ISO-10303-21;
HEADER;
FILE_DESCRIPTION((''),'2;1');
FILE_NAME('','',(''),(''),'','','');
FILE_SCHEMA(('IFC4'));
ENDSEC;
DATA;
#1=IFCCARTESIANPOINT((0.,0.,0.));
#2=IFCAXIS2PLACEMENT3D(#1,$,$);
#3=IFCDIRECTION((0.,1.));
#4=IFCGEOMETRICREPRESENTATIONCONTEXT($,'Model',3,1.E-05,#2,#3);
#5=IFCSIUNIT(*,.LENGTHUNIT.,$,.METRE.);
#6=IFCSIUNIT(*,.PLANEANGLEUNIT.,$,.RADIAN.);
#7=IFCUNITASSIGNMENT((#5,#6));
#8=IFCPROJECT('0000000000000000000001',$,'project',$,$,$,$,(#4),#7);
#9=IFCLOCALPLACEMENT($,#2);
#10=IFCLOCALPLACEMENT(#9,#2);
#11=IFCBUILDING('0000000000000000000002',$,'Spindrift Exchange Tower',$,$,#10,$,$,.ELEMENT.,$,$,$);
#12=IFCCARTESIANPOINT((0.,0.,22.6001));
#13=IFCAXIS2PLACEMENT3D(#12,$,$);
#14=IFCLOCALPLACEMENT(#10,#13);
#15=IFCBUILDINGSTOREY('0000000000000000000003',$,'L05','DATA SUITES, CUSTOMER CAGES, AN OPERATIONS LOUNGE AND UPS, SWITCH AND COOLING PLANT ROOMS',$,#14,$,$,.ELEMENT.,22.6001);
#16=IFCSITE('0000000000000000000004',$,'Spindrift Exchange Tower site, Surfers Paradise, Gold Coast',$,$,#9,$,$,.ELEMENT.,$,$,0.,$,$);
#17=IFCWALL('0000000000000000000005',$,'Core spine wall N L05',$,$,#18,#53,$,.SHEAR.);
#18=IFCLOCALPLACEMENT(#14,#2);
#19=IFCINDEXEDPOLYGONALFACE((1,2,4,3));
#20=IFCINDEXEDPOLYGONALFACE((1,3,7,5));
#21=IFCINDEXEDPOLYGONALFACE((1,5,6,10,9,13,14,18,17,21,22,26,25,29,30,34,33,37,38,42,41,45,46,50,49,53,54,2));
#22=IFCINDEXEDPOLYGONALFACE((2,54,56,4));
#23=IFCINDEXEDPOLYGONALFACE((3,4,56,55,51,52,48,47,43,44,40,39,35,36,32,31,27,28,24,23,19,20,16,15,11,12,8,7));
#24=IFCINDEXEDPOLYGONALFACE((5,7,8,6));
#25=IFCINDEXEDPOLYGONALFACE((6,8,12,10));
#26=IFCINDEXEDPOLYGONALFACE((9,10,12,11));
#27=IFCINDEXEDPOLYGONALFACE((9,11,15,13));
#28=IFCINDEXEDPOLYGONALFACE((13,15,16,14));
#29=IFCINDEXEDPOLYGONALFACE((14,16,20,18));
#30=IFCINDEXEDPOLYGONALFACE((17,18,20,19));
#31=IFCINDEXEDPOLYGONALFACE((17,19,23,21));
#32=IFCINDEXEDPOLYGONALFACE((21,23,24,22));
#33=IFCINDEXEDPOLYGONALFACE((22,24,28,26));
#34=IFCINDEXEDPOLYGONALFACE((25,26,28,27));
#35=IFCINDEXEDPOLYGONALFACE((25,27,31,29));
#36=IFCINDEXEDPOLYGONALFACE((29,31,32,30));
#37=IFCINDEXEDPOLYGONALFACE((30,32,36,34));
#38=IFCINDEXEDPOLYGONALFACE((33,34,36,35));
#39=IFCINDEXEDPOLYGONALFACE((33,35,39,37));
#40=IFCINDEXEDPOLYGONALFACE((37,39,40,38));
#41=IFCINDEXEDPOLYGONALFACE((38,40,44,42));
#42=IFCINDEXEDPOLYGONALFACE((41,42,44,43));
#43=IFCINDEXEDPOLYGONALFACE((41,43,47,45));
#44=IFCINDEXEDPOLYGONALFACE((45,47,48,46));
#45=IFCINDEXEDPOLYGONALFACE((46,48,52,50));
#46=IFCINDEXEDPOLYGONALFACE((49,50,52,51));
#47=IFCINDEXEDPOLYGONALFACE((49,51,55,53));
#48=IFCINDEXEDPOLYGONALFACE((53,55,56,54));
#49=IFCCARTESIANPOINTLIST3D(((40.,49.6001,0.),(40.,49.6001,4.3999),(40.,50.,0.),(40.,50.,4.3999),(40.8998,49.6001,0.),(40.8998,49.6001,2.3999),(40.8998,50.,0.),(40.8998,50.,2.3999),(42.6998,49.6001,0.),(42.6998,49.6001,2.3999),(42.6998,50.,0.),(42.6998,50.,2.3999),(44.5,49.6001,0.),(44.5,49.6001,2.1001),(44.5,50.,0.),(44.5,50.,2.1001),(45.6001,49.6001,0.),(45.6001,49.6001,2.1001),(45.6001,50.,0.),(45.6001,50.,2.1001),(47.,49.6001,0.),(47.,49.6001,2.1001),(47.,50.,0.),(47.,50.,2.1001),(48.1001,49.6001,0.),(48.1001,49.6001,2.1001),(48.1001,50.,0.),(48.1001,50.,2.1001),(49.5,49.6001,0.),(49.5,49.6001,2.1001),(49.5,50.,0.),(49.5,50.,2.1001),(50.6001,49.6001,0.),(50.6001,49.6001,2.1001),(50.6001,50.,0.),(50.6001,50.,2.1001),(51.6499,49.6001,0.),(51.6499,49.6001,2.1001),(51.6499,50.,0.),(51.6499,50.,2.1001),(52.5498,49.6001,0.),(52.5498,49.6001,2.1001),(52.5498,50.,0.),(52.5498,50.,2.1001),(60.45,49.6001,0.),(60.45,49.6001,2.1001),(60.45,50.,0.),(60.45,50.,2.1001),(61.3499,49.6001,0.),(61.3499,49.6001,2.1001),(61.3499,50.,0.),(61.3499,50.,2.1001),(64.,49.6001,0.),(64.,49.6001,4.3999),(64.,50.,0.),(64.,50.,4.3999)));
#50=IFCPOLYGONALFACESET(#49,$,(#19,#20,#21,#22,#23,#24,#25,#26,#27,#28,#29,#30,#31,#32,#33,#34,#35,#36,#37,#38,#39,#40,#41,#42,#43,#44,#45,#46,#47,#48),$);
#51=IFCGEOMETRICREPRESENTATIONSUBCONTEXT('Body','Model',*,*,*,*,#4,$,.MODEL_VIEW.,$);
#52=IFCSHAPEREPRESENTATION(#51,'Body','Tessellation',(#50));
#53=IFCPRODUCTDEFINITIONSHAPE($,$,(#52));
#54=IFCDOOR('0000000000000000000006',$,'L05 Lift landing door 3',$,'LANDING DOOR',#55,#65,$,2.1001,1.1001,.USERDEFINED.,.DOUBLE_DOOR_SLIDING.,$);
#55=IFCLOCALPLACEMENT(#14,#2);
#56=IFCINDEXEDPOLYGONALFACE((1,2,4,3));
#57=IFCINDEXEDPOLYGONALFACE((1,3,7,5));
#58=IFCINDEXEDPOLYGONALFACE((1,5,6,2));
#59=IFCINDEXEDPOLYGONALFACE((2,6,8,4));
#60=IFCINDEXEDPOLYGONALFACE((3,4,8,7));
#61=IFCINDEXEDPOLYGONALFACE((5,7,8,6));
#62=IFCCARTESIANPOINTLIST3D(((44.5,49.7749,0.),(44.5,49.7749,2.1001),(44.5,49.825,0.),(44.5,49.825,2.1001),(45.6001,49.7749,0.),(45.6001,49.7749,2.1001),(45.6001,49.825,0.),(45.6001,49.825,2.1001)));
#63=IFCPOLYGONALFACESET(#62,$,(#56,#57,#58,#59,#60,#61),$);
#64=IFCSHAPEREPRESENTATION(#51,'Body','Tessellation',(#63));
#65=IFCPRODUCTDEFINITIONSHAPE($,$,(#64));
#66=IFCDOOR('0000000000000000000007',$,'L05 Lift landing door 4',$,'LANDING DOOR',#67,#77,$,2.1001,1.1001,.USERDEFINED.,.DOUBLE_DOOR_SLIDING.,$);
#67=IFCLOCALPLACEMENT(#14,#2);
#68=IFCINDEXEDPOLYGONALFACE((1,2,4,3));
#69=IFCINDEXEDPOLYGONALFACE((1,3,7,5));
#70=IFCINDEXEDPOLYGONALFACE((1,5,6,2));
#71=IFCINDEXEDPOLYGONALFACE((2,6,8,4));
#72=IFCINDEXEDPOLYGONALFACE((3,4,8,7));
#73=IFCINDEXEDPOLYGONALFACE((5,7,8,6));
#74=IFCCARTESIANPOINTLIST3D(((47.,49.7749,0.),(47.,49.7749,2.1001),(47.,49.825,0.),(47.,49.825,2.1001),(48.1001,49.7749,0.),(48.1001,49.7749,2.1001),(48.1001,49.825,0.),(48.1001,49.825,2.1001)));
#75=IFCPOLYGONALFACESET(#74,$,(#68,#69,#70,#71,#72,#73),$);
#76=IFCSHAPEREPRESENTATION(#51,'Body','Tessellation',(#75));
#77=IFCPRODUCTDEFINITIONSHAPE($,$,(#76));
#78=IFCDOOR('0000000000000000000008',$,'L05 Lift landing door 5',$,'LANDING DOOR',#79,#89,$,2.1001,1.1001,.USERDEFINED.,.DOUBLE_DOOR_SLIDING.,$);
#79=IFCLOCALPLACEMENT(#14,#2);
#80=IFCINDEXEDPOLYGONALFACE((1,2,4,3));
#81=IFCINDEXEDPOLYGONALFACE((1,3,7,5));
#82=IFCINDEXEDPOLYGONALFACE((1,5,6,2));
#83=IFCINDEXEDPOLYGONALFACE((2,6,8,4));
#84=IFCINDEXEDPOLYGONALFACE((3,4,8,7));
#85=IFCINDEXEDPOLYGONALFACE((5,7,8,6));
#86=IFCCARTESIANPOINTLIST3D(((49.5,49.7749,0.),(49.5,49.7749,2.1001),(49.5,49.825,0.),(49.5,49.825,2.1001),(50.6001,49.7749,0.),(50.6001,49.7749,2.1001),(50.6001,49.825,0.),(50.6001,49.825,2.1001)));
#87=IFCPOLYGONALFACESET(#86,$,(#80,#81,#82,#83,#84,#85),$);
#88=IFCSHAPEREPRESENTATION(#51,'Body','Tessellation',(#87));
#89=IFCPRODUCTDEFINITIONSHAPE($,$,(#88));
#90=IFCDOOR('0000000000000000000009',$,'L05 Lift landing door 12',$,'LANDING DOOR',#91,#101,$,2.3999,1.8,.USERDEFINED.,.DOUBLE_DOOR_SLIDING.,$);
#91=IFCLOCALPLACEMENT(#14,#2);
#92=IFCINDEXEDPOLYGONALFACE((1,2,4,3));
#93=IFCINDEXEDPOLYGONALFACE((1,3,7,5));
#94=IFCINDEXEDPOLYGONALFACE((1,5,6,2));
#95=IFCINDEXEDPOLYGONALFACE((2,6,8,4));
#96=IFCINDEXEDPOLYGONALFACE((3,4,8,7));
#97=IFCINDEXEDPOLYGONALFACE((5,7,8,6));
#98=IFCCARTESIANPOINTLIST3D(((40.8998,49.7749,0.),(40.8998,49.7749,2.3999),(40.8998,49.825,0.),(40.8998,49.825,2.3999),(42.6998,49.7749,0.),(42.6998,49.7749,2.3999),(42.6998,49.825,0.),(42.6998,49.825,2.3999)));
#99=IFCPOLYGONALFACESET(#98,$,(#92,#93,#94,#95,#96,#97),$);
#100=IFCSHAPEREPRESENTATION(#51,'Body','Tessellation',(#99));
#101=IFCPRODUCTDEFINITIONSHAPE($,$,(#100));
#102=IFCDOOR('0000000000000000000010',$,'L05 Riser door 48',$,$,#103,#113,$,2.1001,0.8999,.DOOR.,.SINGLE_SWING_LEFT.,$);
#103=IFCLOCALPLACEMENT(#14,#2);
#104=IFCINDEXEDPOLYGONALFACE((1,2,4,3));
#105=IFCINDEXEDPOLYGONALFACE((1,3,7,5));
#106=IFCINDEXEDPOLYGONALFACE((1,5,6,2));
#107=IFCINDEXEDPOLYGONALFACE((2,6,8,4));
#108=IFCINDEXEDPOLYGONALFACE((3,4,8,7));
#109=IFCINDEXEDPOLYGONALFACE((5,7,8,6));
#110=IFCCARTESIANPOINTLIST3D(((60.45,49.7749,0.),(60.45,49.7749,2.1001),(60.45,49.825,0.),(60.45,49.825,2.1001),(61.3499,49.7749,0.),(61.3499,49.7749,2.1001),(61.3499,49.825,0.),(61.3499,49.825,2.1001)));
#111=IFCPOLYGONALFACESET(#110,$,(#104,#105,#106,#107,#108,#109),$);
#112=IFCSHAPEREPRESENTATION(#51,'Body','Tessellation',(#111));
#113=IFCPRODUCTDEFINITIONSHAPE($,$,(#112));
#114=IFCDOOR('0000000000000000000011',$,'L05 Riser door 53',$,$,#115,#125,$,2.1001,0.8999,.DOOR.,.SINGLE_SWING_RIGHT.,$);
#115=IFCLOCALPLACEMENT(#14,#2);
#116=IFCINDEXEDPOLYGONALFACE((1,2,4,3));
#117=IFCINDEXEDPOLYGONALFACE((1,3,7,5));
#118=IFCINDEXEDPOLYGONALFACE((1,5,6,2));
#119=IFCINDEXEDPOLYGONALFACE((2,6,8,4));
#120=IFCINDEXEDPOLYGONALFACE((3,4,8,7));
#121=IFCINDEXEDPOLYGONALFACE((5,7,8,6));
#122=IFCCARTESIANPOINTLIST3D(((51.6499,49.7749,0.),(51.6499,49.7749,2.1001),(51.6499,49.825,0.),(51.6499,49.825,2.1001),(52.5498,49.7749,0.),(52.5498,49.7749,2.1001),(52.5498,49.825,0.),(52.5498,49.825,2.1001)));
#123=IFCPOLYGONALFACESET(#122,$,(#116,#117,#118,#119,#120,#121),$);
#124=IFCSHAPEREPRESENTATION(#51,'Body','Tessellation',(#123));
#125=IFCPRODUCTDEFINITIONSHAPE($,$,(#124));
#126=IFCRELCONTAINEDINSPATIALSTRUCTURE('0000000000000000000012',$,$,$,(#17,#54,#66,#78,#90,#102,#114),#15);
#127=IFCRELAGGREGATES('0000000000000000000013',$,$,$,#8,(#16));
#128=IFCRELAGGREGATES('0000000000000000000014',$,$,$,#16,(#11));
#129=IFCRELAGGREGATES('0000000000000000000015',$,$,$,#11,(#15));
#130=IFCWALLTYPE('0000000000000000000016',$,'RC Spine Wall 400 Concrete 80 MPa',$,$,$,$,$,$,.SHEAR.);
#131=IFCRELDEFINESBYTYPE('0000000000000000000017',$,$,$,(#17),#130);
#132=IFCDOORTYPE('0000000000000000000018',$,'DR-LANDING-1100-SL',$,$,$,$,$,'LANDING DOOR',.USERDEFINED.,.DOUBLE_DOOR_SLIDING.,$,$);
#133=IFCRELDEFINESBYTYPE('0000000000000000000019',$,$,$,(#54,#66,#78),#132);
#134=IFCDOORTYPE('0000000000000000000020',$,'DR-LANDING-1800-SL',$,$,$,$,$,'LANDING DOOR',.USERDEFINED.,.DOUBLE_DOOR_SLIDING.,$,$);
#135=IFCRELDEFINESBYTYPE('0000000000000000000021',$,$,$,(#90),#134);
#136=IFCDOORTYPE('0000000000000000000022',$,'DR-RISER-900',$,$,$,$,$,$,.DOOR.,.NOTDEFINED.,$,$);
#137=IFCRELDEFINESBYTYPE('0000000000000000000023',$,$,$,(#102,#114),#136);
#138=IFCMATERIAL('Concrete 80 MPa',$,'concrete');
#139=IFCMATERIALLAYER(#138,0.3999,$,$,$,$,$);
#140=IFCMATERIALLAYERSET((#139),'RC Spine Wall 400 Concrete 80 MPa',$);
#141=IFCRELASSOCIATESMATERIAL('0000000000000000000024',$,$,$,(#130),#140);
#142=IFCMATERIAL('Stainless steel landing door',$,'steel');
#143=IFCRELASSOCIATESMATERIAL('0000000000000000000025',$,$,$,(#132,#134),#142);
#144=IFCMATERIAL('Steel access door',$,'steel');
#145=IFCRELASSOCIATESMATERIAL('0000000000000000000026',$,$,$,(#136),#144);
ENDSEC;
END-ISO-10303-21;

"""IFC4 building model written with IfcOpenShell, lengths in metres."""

from ifc_helpers import new_model, si_unit, direction, frame, frame_2d, origin, place, context, subcontext, project, spatial, rectangle, extrude, source, transform, mapped, material, layer, layer_set, type_object, element, fill, save


model = new_model("IFC4")

# Units and contexts
model_context = context("Model", 3, precision=1e-05, world=origin(), true_north=direction((0.0, 1.0)))
body_context = subcontext(model_context, "Body", "Model", "MODEL_VIEW")
ifc_project = project(units=[si_unit("LENGTHUNIT", "METRE"), si_unit("PLANEANGLEUNIT", "RADIAN")], contexts=[model_context])

# Site, building, storey
site_placement = place(None, origin())
site = spatial("IfcSite", under=ifc_project, at=site_placement, Name="Spindrift Exchange Tower site, Surfers Paradise, Gold Coast", CompositionType="ELEMENT", RefElevation=0.0)
building_placement = place(site_placement, origin())
building = spatial("IfcBuilding", under=site, at=building_placement, Name="Spindrift Exchange Tower", CompositionType="ELEMENT")
storey_placement = place(building_placement, frame((0.0, 0.0, 22.6001)))
storey = spatial("IfcBuildingStorey", under=building, at=storey_placement, Name="L05", Description="DATA SUITES, CUSTOMER CAGES, AN OPERATIONS LOUNGE AND UPS, SWITCH AND COOLING PLANT ROOMS", CompositionType="ELEMENT", Elevation=22.6001)

# Wall, openings, doors
ifc_material_1 = material(Name="Concrete 80 MPa", Category="concrete")
ifc_layer_1 = layer(ifc_material_1, 0.3999)
ifc_layer_set_1 = layer_set([ifc_layer_1], Name="RC Spine Wall 400 Concrete 80 MPa")
wall_type_1 = type_object("IfcWallType", Name="RC Spine Wall 400 Concrete 80 MPa", PredefinedType="SHEAR", material=ifc_layer_set_1)
wall_1_placement = place(storey_placement, frame((40.0, 49.8, 0.0), z_axis=(0.0, 0.0, 1.0), x_axis=(1.0, 0.0, 0.0)))
wall_1 = element("IfcWall", 1, at=wall_1_placement, inside=storey, type_object=wall_type_1, Name="Core spine wall N L05", PredefinedType="SHEAR", context=body_context, shape_type="SweptSolid", body=[
    extrude(rectangle(XDim=24.0, YDim=0.3999, at=frame_2d((12.0, 0.0))), origin(), (0.0, 0.0, 1.0), 4.3999),
])
opening_1_placement = place(wall_1_placement, frame((4.5, 0.0, 0.0)))
opening_1 = element("IfcOpeningElement", 2, at=opening_1_placement, cuts=wall_1, PredefinedType="OPENING", context=body_context, shape_type="SweptSolid", body=[
    extrude(rectangle(XDim=1.1001, YDim=2.1001, at=frame_2d((0.55, 1.05))), frame((0.0, 0.21, 0.0), z_axis=(0.0, -1.0, 0.0), x_axis=(1.0, 0.0, 0.0)), (0.0, 0.0, 1.0), 0.4199),
])
opening_2_placement = place(wall_1_placement, frame((7.0, 0.0, 0.0)))
opening_2 = element("IfcOpeningElement", 3, at=opening_2_placement, cuts=wall_1, PredefinedType="OPENING", context=body_context, shape_type="SweptSolid", body=[
    extrude(rectangle(XDim=1.1001, YDim=2.1001, at=frame_2d((0.55, 1.05))), frame((0.0, 0.21, 0.0), z_axis=(0.0, -1.0, 0.0), x_axis=(1.0, 0.0, 0.0)), (0.0, 0.0, 1.0), 0.4199),
])
opening_3_placement = place(wall_1_placement, frame((9.5, 0.0, 0.0)))
opening_3 = element("IfcOpeningElement", 4, at=opening_3_placement, cuts=wall_1, PredefinedType="OPENING", context=body_context, shape_type="SweptSolid", body=[
    extrude(rectangle(XDim=1.1001, YDim=2.1001, at=frame_2d((0.55, 1.05))), frame((0.0, 0.21, 0.0), z_axis=(0.0, -1.0, 0.0), x_axis=(1.0, 0.0, 0.0)), (0.0, 0.0, 1.0), 0.4199),
])
opening_4_placement = place(wall_1_placement, frame((0.8999, 0.0, 0.0)))
opening_4 = element("IfcOpeningElement", 5, at=opening_4_placement, cuts=wall_1, PredefinedType="OPENING", context=body_context, shape_type="SweptSolid", body=[
    extrude(rectangle(XDim=1.8, YDim=2.3999, at=frame_2d((0.8999, 1.2))), frame((0.0, 0.21, 0.0), z_axis=(0.0, -1.0, 0.0), x_axis=(1.0, 0.0, 0.0)), (0.0, 0.0, 1.0), 0.4199),
])
opening_5_placement = place(wall_1_placement, frame((20.45, 0.0, 0.0)))
opening_5 = element("IfcOpeningElement", 6, at=opening_5_placement, cuts=wall_1, PredefinedType="OPENING", context=body_context, shape_type="SweptSolid", body=[
    extrude(rectangle(XDim=0.8999, YDim=2.1001, at=frame_2d((0.45, 1.05))), frame((0.0, 0.21, 0.0), z_axis=(0.0, -1.0, 0.0), x_axis=(1.0, 0.0, 0.0)), (0.0, 0.0, 1.0), 0.4199),
])
opening_6_placement = place(wall_1_placement, frame((11.6499, 0.0, 0.0)))
opening_6 = element("IfcOpeningElement", 7, at=opening_6_placement, cuts=wall_1, PredefinedType="OPENING", context=body_context, shape_type="SweptSolid", body=[
    extrude(rectangle(XDim=0.8999, YDim=2.1001, at=frame_2d((0.45, 1.05))), frame((0.0, 0.21, 0.0), z_axis=(0.0, -1.0, 0.0), x_axis=(1.0, 0.0, 0.0)), (0.0, 0.0, 1.0), 0.4199),
])
ifc_material_2 = material(Name="Stainless steel landing door", Category="steel")
door_type_1 = type_object("IfcDoorType", Name="DR-LANDING-1100-SL", ElementType="LANDING DOOR", OperationType="DOUBLE_DOOR_SLIDING", PredefinedType="USERDEFINED", material=ifc_material_2)
shared_shape_1 = source(origin(), body_context, "Body", "SweptSolid", [
    extrude(rectangle(XDim=1.1001, YDim=2.1001, at=frame_2d((0.55, 1.05))), frame((0.0, 0.0249, 0.0), z_axis=(0.0, -1.0, 0.0), x_axis=(1.0, 0.0, 0.0)), (0.0, 0.0, 1.0), 0.05),
])
door_1_placement = place(opening_1_placement, origin())
door_1 = element("IfcDoor", 8, at=door_1_placement, inside=storey, type_object=door_type_1, Name="L05 Lift landing door 3", ObjectType="LANDING DOOR", OperationType="DOUBLE_DOOR_SLIDING", OverallHeight=2.1001, OverallWidth=1.1001, PredefinedType="USERDEFINED", context=body_context, shape_type="MappedRepresentation", body=[
    mapped(shared_shape_1, transform((0.0, 0.0, 0.0), scale=1.0)),
])
fill(opening_1, door_1)
door_2_placement = place(opening_2_placement, origin())
door_2 = element("IfcDoor", 9, at=door_2_placement, inside=storey, type_object=door_type_1, Name="L05 Lift landing door 4", ObjectType="LANDING DOOR", OperationType="DOUBLE_DOOR_SLIDING", OverallHeight=2.1001, OverallWidth=1.1001, PredefinedType="USERDEFINED", context=body_context, shape_type="MappedRepresentation", body=[
    mapped(shared_shape_1, transform((0.0, 0.0, 0.0), scale=1.0)),
])
fill(opening_2, door_2)
door_3_placement = place(opening_3_placement, origin())
door_3 = element("IfcDoor", 10, at=door_3_placement, inside=storey, type_object=door_type_1, Name="L05 Lift landing door 5", ObjectType="LANDING DOOR", OperationType="DOUBLE_DOOR_SLIDING", OverallHeight=2.1001, OverallWidth=1.1001, PredefinedType="USERDEFINED", context=body_context, shape_type="MappedRepresentation", body=[
    mapped(shared_shape_1, transform((0.0, 0.0, 0.0), scale=1.0)),
])
fill(opening_3, door_3)
door_type_2 = type_object("IfcDoorType", Name="DR-LANDING-1800-SL", ElementType="LANDING DOOR", OperationType="DOUBLE_DOOR_SLIDING", PredefinedType="USERDEFINED", material=ifc_material_2)
shared_shape_2 = source(origin(), body_context, "Body", "SweptSolid", [
    extrude(rectangle(XDim=1.8, YDim=2.3999, at=frame_2d((0.8999, 1.2))), frame((0.0, 0.0249, 0.0), z_axis=(0.0, -1.0, 0.0), x_axis=(1.0, 0.0, 0.0)), (0.0, 0.0, 1.0), 0.05),
])
door_4_placement = place(opening_4_placement, origin())
door_4 = element("IfcDoor", 11, at=door_4_placement, inside=storey, type_object=door_type_2, Name="L05 Lift landing door 12", ObjectType="LANDING DOOR", OperationType="DOUBLE_DOOR_SLIDING", OverallHeight=2.3999, OverallWidth=1.8, PredefinedType="USERDEFINED", context=body_context, shape_type="MappedRepresentation", body=[
    mapped(shared_shape_2, transform((0.0, 0.0, 0.0), scale=1.0)),
])
fill(opening_4, door_4)
ifc_material_3 = material(Name="Steel access door", Category="steel")
door_type_3 = type_object("IfcDoorType", Name="DR-RISER-900", OperationType="NOTDEFINED", PredefinedType="DOOR", material=ifc_material_3)
shared_shape_3 = source(origin(), body_context, "Body", "SweptSolid", [
    extrude(rectangle(XDim=0.8999, YDim=2.1001, at=frame_2d((0.45, 1.05))), frame((0.0, 0.0249, 0.0), z_axis=(0.0, -1.0, 0.0), x_axis=(1.0, 0.0, 0.0)), (0.0, 0.0, 1.0), 0.05),
])
door_5_placement = place(opening_5_placement, origin())
door_5 = element("IfcDoor", 12, at=door_5_placement, inside=storey, type_object=door_type_3, Name="L05 Riser door 48", OperationType="SINGLE_SWING_LEFT", OverallHeight=2.1001, OverallWidth=0.8999, PredefinedType="DOOR", context=body_context, shape_type="MappedRepresentation", body=[
    mapped(shared_shape_3, transform((0.0, 0.0, 0.0), scale=1.0)),
])
fill(opening_5, door_5)
door_6_placement = place(opening_6_placement, origin())
door_6 = element("IfcDoor", 13, at=door_6_placement, inside=storey, type_object=door_type_3, Name="L05 Riser door 53", OperationType="SINGLE_SWING_RIGHT", OverallHeight=2.1001, OverallWidth=0.8999, PredefinedType="DOOR", context=body_context, shape_type="MappedRepresentation", body=[
    mapped(shared_shape_3, transform((0.0, 0.0, 0.0), scale=1.0)),
])
fill(opening_6, door_6)

save(model, "model.ifc")
